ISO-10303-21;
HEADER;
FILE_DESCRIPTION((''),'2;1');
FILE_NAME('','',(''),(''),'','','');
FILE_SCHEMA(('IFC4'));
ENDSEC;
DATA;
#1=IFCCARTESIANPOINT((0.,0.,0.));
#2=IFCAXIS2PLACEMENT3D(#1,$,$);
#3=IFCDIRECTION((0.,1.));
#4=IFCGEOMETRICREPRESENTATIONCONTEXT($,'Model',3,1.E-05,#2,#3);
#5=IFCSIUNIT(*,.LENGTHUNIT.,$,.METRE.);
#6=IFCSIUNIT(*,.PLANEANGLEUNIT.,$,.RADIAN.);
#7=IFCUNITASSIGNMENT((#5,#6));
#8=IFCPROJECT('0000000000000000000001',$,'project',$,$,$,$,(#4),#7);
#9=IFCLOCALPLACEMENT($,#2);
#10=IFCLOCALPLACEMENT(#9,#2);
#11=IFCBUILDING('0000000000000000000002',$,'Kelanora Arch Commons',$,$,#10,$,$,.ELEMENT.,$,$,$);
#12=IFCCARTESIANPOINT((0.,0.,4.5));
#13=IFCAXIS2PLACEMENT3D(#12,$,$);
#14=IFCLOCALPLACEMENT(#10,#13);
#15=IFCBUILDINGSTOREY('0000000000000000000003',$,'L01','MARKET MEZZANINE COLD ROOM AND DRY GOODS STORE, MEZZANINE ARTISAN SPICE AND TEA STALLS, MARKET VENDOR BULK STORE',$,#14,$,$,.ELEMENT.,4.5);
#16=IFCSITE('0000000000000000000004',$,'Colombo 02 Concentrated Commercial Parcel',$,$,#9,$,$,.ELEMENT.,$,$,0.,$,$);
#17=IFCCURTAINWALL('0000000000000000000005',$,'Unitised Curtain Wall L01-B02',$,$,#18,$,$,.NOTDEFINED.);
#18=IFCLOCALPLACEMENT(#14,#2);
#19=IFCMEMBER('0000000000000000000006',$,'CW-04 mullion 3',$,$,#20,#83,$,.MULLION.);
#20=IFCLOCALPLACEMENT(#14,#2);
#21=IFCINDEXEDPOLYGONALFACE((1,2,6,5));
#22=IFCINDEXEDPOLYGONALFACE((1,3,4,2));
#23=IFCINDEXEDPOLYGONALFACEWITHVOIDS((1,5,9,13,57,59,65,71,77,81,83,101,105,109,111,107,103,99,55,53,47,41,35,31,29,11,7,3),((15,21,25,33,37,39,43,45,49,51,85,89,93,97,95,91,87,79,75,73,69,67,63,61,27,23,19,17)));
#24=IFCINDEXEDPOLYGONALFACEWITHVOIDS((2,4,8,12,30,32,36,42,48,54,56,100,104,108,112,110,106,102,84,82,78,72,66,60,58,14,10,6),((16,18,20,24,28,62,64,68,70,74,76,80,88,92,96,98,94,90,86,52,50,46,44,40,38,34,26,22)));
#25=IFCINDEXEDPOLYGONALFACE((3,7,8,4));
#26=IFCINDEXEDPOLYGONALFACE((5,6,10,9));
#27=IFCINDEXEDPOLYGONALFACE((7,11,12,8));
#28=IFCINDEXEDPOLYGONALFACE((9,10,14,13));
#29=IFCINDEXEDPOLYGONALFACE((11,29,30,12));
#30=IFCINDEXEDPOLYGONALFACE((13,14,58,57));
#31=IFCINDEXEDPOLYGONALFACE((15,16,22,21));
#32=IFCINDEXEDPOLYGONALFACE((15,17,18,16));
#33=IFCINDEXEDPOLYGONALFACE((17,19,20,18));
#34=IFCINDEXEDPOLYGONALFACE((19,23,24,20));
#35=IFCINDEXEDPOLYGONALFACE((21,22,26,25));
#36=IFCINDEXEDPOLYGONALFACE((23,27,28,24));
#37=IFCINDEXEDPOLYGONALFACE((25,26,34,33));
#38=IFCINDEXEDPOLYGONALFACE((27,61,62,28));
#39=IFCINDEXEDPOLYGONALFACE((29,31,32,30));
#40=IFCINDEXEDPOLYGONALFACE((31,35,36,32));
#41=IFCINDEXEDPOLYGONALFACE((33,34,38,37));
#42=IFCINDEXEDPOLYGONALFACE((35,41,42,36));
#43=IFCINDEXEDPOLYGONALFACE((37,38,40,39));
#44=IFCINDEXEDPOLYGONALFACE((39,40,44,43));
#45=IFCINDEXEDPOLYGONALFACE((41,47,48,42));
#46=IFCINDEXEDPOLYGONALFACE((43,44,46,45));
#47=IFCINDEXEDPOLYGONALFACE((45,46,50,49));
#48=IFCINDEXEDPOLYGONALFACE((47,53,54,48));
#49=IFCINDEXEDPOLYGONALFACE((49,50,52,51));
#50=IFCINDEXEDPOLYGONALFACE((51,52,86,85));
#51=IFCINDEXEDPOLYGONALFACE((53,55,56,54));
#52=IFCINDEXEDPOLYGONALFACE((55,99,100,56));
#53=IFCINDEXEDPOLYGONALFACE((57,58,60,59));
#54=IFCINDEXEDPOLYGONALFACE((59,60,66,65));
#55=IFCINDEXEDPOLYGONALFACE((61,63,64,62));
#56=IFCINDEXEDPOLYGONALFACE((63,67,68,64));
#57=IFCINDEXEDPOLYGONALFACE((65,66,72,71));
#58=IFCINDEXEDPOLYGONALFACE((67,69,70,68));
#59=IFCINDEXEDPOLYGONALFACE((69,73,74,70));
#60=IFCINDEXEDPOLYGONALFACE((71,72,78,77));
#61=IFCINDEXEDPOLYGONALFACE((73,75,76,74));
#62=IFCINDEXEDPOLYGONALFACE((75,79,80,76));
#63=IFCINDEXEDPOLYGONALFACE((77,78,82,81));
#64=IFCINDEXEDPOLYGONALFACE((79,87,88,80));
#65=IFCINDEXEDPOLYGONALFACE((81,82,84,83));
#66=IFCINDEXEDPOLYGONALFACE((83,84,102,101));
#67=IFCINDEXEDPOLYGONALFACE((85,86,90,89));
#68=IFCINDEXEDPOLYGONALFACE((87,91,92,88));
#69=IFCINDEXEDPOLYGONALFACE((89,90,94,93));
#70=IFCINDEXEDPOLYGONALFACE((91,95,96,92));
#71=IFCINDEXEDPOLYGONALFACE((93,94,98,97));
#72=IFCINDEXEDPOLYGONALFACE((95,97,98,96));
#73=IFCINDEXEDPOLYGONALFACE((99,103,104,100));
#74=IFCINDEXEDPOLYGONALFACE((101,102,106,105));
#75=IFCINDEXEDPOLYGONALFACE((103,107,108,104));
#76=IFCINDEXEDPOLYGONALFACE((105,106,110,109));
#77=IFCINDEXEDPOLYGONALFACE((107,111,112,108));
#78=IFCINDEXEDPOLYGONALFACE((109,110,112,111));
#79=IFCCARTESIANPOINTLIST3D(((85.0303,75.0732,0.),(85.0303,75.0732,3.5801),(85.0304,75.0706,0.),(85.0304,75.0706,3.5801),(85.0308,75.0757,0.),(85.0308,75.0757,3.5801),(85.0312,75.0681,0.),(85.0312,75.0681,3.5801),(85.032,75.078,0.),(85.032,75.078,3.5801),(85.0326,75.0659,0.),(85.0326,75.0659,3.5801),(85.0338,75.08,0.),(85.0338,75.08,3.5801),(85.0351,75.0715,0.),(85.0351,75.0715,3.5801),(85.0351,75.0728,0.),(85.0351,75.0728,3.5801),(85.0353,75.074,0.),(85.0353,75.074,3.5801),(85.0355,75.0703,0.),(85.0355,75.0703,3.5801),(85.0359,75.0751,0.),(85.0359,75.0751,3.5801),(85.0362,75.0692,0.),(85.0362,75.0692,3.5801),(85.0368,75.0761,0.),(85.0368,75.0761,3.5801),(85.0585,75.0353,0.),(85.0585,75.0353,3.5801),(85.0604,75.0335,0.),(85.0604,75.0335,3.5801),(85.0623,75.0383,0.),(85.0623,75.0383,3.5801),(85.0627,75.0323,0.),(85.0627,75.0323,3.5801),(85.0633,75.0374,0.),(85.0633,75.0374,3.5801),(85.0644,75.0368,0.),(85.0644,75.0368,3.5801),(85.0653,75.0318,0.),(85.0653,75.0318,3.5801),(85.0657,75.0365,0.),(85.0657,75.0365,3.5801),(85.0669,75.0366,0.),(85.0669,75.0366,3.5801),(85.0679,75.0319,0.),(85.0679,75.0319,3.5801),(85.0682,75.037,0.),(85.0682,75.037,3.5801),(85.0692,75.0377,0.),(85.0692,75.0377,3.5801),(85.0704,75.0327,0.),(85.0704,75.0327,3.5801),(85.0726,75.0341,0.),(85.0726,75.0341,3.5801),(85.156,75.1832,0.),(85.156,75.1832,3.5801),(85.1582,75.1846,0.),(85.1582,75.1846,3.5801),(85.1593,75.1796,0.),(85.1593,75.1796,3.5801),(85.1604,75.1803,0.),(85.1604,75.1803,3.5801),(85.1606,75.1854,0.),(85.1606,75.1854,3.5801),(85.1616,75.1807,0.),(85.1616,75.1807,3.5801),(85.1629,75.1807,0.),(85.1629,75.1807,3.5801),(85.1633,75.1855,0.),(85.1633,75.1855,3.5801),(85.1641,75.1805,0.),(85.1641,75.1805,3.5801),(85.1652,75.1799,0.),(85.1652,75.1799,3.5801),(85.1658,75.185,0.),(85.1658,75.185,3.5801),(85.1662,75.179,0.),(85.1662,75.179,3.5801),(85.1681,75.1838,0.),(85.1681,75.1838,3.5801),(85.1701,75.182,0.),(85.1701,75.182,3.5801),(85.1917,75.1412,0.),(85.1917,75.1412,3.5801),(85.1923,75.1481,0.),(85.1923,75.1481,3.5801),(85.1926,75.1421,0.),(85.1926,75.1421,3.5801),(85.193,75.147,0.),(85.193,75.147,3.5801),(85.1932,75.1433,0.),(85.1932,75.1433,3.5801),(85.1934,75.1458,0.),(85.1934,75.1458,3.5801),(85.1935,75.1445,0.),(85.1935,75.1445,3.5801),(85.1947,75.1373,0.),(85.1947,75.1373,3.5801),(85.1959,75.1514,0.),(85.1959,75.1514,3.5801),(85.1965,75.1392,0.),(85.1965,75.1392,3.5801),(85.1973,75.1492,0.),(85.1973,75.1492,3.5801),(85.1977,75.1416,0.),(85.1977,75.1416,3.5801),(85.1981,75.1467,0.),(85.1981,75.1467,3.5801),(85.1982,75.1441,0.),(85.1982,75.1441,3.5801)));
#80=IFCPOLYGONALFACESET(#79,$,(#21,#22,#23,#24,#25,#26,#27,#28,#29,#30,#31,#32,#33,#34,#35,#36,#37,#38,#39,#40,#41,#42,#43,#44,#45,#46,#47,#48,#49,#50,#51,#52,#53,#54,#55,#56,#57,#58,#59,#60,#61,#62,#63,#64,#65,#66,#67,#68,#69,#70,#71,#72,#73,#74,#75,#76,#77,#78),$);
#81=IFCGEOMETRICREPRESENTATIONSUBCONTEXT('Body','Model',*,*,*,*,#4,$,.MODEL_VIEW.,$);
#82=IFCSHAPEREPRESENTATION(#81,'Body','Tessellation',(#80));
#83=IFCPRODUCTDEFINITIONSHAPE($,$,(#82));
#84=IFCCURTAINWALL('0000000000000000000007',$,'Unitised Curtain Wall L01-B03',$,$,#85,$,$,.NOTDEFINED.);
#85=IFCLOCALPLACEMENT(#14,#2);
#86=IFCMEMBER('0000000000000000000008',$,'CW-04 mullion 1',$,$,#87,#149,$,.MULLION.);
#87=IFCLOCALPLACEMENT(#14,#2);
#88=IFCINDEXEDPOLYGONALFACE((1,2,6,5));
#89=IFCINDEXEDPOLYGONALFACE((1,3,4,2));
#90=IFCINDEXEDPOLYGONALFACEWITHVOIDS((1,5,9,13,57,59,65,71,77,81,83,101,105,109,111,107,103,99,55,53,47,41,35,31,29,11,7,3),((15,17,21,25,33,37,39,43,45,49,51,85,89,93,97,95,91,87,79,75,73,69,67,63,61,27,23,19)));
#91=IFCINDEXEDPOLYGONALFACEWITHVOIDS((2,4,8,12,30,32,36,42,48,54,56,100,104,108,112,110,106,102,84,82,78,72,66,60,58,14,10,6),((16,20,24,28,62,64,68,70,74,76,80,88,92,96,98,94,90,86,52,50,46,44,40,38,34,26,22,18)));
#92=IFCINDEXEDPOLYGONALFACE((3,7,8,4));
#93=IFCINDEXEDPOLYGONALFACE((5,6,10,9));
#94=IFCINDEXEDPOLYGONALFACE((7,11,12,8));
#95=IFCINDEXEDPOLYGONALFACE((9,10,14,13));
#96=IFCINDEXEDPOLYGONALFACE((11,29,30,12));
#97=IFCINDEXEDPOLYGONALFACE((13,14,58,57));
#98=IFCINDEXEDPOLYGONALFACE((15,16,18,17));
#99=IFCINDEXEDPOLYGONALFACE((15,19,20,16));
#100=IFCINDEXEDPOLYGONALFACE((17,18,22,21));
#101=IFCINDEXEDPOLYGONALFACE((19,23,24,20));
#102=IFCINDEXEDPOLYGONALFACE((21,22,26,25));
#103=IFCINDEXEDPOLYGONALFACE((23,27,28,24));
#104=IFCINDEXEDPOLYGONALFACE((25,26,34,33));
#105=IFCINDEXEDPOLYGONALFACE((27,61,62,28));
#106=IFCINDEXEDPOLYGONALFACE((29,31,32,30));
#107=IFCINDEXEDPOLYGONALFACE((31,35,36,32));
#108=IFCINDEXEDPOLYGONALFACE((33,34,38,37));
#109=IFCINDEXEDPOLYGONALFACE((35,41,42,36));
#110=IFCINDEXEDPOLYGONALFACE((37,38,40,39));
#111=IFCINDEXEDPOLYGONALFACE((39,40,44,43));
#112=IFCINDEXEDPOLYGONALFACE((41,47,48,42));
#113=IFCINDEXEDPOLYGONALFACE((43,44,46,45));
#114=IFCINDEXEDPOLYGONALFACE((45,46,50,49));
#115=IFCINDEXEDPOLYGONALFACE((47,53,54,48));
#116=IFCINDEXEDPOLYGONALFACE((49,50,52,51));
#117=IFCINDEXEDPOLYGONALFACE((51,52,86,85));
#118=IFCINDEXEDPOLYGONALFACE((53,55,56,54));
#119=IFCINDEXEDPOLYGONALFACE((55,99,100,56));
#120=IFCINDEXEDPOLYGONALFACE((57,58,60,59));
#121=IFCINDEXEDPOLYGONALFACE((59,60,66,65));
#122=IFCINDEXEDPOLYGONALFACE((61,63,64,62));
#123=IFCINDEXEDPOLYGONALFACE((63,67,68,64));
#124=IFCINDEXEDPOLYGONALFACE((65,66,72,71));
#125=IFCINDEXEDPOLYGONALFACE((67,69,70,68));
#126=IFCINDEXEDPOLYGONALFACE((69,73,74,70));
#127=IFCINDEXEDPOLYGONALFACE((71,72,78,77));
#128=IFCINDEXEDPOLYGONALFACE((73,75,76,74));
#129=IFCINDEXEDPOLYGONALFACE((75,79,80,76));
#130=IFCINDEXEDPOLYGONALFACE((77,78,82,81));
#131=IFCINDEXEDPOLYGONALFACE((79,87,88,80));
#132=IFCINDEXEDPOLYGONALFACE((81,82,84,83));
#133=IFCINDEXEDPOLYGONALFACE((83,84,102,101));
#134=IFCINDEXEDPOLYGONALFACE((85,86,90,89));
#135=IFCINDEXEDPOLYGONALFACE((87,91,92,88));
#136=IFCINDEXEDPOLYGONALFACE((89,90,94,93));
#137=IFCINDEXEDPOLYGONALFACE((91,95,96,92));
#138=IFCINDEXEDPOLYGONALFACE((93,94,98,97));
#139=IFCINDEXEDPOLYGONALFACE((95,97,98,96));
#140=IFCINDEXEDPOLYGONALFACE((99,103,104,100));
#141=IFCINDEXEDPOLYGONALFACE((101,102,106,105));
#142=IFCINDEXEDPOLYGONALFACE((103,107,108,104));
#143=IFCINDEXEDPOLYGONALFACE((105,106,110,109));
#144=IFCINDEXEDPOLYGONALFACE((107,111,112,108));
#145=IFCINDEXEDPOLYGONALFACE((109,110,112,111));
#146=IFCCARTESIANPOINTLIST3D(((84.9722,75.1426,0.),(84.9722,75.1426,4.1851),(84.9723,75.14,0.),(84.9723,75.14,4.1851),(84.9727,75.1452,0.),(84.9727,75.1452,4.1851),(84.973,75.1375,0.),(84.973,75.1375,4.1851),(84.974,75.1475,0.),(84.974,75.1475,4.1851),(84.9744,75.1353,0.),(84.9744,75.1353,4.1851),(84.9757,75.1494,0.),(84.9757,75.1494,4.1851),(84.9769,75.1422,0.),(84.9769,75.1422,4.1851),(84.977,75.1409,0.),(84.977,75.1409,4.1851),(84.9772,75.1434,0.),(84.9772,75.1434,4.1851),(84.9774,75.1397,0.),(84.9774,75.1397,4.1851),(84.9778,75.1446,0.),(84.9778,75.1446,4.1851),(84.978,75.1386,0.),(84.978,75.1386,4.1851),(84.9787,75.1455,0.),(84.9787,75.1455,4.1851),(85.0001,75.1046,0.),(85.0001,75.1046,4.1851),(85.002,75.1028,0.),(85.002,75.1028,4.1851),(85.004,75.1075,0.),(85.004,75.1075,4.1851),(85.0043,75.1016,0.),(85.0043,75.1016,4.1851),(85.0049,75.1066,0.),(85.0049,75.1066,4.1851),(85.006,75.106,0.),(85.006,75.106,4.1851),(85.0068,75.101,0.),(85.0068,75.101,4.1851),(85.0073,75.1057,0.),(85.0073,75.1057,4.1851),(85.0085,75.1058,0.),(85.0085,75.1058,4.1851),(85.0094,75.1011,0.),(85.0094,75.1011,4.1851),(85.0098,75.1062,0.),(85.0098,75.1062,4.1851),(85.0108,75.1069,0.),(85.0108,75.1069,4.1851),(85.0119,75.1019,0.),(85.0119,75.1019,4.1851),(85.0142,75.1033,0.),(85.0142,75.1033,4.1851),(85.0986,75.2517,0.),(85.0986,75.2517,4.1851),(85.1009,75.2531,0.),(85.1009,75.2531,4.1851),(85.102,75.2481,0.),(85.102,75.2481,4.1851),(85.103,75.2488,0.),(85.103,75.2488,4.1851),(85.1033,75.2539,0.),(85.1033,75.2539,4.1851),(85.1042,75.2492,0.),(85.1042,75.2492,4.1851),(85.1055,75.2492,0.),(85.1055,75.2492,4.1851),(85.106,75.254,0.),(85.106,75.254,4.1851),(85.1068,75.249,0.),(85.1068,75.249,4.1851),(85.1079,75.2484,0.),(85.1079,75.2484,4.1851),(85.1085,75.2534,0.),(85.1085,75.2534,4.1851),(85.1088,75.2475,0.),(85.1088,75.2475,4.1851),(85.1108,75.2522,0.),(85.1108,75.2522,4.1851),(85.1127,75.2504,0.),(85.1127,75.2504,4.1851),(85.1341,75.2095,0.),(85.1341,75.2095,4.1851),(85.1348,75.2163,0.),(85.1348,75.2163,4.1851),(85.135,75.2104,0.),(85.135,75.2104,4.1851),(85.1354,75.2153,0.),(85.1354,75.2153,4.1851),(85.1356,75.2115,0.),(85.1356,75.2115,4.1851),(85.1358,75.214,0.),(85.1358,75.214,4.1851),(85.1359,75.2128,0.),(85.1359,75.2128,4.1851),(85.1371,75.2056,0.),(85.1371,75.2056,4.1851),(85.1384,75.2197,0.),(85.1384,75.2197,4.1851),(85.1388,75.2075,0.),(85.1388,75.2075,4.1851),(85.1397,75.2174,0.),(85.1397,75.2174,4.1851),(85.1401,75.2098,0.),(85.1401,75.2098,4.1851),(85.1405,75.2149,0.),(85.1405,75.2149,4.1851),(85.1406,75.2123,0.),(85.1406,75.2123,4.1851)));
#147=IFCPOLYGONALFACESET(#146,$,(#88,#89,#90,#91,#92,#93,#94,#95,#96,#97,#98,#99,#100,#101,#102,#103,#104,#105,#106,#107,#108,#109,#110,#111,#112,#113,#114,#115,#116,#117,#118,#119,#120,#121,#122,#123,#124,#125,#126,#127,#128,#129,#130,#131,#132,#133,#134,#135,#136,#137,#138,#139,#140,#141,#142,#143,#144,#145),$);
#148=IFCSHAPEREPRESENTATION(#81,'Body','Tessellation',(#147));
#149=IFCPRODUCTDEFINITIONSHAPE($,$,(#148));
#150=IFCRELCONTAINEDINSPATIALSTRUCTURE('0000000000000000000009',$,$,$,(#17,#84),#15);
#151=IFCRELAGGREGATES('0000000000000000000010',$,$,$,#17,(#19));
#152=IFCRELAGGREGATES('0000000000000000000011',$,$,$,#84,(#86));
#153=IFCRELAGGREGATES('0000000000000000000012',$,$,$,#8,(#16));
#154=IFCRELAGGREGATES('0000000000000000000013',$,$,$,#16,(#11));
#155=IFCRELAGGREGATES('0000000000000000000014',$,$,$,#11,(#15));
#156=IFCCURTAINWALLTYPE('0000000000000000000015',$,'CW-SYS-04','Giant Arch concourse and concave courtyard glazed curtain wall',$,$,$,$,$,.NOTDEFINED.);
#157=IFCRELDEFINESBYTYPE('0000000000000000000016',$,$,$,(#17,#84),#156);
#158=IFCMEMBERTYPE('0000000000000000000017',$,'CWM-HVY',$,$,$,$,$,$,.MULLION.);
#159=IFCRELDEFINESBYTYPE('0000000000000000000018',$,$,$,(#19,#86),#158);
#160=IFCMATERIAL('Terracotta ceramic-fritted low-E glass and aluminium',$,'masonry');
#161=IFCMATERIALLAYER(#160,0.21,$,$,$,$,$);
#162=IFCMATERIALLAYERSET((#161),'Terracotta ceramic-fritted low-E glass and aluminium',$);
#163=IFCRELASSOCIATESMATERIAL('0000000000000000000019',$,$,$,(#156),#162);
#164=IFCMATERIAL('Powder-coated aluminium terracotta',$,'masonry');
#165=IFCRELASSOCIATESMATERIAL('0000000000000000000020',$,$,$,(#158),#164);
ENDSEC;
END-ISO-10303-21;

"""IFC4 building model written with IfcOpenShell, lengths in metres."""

from ifc_helpers import new_model, si_unit, direction, frame, origin, origin_2d, place, context, subcontext, project, spatial, hollow_rectangle, extrude, material, layer, layer_set, material_profile, profile_set, type_object, element, aggregate, save


model = new_model("IFC4")

# Units and contexts
model_context = context("Model", 3, precision=1e-05, world=origin(), true_north=direction((0.0, 1.0)))
body_context = subcontext(model_context, "Body", "Model", "MODEL_VIEW")
ifc_project = project(units=[si_unit("LENGTHUNIT", "METRE"), si_unit("PLANEANGLEUNIT", "RADIAN")], contexts=[model_context])

# Site, building, storey
site_placement = place(None, origin())
site = spatial("IfcSite", under=ifc_project, at=site_placement, Name="Colombo 02 Concentrated Commercial Parcel", CompositionType="ELEMENT", RefElevation=0.0)
building_placement = place(site_placement, origin())
building = spatial("IfcBuilding", under=site, at=building_placement, Name="Kelanora Arch Commons", CompositionType="ELEMENT")
storey_placement = place(building_placement, frame((0.0, 0.0, 4.5)))
storey = spatial("IfcBuildingStorey", under=building, at=storey_placement, Name="L01", Description="MARKET MEZZANINE COLD ROOM AND DRY GOODS STORE, MEZZANINE ARTISAN SPICE AND TEA STALLS, MARKET VENDOR BULK STORE", CompositionType="ELEMENT", Elevation=4.5)

# Curtain wall, member
ifc_material_1 = material(Name="Terracotta ceramic-fritted low-E glass and aluminium", Category="masonry")
ifc_layer_1 = layer(ifc_material_1, 0.21)
ifc_layer_set_1 = layer_set([ifc_layer_1], Name="Terracotta ceramic-fritted low-E glass and aluminium")
curtain_wall_type = type_object("IfcCurtainWallType", Name="CW-SYS-04", Description="Giant Arch concourse and concave courtyard glazed curtain wall", PredefinedType="NOTDEFINED", material=ifc_layer_set_1)
curtain_wall_1_placement = place(storey_placement, origin())
curtain_wall_1 = element("IfcCurtainWall", 1, at=curtain_wall_1_placement, inside=storey, type_object=curtain_wall_type, Name="Unitised Curtain Wall L01-B02", PredefinedType="NOTDEFINED")
ifc_material_2 = material(Name="Powder-coated aluminium terracotta", Category="masonry")
ifc_material_profile_1 = material_profile(ifc_material_2, hollow_rectangle(XDim=0.1799, YDim=0.0601, WallThickness=0.0049, InnerFilletRadius=0.0049, OuterFilletRadius=0.01, at=origin_2d()), Name="CWM180x60")
ifc_profile_set_1 = profile_set([ifc_material_profile_1], Name="Powder-coated aluminium terracotta")
member_type_1 = type_object("IfcMemberType", Name="CWM-HVY", PredefinedType="MULLION", material=ifc_profile_set_1)
member_1_placement = place(storey_placement, frame((85.1143, 75.1086, 0.0), z_axis=(0.0, 0.0, 1.0), x_axis=(-0.763855, -0.645388, 0.0)))
member_1 = element("IfcMember", 2, at=member_1_placement, type_object=member_type_1, Name="CW-04 mullion 3", PredefinedType="MULLION", context=body_context, shape_type="SweptSolid", body=[
    extrude(hollow_rectangle(XDim=0.1799, YDim=0.0601, WallThickness=0.0049, InnerFilletRadius=0.0049, OuterFilletRadius=0.01, at=origin_2d()), origin(), (0.0, 0.0, 1.0), 3.5801),
])

# Curtain wall, member
curtain_wall_2_placement = place(storey_placement, origin())
curtain_wall_2 = element("IfcCurtainWall", 3, at=curtain_wall_2_placement, inside=storey, type_object=curtain_wall_type, Name="Unitised Curtain Wall L01-B03", PredefinedType="NOTDEFINED")
member_2_placement = place(storey_placement, frame((85.0564, 75.1775, 0.0), z_axis=(0.0, 0.0, 1.0), x_axis=(-0.768623, -0.639702, 0.0)))
member_2 = element("IfcMember", 4, at=member_2_placement, type_object=member_type_1, Name="CW-04 mullion 1", PredefinedType="MULLION", context=body_context, shape_type="SweptSolid", body=[
    extrude(hollow_rectangle(XDim=0.1799, YDim=0.0601, WallThickness=0.0049, InnerFilletRadius=0.0049, OuterFilletRadius=0.01, at=origin_2d()), origin(), (0.0, 0.0, 1.0), 4.1851),
])

aggregate(curtain_wall_1, [member_1])
aggregate(curtain_wall_2, [member_2])

save(model, "model.ifc")
